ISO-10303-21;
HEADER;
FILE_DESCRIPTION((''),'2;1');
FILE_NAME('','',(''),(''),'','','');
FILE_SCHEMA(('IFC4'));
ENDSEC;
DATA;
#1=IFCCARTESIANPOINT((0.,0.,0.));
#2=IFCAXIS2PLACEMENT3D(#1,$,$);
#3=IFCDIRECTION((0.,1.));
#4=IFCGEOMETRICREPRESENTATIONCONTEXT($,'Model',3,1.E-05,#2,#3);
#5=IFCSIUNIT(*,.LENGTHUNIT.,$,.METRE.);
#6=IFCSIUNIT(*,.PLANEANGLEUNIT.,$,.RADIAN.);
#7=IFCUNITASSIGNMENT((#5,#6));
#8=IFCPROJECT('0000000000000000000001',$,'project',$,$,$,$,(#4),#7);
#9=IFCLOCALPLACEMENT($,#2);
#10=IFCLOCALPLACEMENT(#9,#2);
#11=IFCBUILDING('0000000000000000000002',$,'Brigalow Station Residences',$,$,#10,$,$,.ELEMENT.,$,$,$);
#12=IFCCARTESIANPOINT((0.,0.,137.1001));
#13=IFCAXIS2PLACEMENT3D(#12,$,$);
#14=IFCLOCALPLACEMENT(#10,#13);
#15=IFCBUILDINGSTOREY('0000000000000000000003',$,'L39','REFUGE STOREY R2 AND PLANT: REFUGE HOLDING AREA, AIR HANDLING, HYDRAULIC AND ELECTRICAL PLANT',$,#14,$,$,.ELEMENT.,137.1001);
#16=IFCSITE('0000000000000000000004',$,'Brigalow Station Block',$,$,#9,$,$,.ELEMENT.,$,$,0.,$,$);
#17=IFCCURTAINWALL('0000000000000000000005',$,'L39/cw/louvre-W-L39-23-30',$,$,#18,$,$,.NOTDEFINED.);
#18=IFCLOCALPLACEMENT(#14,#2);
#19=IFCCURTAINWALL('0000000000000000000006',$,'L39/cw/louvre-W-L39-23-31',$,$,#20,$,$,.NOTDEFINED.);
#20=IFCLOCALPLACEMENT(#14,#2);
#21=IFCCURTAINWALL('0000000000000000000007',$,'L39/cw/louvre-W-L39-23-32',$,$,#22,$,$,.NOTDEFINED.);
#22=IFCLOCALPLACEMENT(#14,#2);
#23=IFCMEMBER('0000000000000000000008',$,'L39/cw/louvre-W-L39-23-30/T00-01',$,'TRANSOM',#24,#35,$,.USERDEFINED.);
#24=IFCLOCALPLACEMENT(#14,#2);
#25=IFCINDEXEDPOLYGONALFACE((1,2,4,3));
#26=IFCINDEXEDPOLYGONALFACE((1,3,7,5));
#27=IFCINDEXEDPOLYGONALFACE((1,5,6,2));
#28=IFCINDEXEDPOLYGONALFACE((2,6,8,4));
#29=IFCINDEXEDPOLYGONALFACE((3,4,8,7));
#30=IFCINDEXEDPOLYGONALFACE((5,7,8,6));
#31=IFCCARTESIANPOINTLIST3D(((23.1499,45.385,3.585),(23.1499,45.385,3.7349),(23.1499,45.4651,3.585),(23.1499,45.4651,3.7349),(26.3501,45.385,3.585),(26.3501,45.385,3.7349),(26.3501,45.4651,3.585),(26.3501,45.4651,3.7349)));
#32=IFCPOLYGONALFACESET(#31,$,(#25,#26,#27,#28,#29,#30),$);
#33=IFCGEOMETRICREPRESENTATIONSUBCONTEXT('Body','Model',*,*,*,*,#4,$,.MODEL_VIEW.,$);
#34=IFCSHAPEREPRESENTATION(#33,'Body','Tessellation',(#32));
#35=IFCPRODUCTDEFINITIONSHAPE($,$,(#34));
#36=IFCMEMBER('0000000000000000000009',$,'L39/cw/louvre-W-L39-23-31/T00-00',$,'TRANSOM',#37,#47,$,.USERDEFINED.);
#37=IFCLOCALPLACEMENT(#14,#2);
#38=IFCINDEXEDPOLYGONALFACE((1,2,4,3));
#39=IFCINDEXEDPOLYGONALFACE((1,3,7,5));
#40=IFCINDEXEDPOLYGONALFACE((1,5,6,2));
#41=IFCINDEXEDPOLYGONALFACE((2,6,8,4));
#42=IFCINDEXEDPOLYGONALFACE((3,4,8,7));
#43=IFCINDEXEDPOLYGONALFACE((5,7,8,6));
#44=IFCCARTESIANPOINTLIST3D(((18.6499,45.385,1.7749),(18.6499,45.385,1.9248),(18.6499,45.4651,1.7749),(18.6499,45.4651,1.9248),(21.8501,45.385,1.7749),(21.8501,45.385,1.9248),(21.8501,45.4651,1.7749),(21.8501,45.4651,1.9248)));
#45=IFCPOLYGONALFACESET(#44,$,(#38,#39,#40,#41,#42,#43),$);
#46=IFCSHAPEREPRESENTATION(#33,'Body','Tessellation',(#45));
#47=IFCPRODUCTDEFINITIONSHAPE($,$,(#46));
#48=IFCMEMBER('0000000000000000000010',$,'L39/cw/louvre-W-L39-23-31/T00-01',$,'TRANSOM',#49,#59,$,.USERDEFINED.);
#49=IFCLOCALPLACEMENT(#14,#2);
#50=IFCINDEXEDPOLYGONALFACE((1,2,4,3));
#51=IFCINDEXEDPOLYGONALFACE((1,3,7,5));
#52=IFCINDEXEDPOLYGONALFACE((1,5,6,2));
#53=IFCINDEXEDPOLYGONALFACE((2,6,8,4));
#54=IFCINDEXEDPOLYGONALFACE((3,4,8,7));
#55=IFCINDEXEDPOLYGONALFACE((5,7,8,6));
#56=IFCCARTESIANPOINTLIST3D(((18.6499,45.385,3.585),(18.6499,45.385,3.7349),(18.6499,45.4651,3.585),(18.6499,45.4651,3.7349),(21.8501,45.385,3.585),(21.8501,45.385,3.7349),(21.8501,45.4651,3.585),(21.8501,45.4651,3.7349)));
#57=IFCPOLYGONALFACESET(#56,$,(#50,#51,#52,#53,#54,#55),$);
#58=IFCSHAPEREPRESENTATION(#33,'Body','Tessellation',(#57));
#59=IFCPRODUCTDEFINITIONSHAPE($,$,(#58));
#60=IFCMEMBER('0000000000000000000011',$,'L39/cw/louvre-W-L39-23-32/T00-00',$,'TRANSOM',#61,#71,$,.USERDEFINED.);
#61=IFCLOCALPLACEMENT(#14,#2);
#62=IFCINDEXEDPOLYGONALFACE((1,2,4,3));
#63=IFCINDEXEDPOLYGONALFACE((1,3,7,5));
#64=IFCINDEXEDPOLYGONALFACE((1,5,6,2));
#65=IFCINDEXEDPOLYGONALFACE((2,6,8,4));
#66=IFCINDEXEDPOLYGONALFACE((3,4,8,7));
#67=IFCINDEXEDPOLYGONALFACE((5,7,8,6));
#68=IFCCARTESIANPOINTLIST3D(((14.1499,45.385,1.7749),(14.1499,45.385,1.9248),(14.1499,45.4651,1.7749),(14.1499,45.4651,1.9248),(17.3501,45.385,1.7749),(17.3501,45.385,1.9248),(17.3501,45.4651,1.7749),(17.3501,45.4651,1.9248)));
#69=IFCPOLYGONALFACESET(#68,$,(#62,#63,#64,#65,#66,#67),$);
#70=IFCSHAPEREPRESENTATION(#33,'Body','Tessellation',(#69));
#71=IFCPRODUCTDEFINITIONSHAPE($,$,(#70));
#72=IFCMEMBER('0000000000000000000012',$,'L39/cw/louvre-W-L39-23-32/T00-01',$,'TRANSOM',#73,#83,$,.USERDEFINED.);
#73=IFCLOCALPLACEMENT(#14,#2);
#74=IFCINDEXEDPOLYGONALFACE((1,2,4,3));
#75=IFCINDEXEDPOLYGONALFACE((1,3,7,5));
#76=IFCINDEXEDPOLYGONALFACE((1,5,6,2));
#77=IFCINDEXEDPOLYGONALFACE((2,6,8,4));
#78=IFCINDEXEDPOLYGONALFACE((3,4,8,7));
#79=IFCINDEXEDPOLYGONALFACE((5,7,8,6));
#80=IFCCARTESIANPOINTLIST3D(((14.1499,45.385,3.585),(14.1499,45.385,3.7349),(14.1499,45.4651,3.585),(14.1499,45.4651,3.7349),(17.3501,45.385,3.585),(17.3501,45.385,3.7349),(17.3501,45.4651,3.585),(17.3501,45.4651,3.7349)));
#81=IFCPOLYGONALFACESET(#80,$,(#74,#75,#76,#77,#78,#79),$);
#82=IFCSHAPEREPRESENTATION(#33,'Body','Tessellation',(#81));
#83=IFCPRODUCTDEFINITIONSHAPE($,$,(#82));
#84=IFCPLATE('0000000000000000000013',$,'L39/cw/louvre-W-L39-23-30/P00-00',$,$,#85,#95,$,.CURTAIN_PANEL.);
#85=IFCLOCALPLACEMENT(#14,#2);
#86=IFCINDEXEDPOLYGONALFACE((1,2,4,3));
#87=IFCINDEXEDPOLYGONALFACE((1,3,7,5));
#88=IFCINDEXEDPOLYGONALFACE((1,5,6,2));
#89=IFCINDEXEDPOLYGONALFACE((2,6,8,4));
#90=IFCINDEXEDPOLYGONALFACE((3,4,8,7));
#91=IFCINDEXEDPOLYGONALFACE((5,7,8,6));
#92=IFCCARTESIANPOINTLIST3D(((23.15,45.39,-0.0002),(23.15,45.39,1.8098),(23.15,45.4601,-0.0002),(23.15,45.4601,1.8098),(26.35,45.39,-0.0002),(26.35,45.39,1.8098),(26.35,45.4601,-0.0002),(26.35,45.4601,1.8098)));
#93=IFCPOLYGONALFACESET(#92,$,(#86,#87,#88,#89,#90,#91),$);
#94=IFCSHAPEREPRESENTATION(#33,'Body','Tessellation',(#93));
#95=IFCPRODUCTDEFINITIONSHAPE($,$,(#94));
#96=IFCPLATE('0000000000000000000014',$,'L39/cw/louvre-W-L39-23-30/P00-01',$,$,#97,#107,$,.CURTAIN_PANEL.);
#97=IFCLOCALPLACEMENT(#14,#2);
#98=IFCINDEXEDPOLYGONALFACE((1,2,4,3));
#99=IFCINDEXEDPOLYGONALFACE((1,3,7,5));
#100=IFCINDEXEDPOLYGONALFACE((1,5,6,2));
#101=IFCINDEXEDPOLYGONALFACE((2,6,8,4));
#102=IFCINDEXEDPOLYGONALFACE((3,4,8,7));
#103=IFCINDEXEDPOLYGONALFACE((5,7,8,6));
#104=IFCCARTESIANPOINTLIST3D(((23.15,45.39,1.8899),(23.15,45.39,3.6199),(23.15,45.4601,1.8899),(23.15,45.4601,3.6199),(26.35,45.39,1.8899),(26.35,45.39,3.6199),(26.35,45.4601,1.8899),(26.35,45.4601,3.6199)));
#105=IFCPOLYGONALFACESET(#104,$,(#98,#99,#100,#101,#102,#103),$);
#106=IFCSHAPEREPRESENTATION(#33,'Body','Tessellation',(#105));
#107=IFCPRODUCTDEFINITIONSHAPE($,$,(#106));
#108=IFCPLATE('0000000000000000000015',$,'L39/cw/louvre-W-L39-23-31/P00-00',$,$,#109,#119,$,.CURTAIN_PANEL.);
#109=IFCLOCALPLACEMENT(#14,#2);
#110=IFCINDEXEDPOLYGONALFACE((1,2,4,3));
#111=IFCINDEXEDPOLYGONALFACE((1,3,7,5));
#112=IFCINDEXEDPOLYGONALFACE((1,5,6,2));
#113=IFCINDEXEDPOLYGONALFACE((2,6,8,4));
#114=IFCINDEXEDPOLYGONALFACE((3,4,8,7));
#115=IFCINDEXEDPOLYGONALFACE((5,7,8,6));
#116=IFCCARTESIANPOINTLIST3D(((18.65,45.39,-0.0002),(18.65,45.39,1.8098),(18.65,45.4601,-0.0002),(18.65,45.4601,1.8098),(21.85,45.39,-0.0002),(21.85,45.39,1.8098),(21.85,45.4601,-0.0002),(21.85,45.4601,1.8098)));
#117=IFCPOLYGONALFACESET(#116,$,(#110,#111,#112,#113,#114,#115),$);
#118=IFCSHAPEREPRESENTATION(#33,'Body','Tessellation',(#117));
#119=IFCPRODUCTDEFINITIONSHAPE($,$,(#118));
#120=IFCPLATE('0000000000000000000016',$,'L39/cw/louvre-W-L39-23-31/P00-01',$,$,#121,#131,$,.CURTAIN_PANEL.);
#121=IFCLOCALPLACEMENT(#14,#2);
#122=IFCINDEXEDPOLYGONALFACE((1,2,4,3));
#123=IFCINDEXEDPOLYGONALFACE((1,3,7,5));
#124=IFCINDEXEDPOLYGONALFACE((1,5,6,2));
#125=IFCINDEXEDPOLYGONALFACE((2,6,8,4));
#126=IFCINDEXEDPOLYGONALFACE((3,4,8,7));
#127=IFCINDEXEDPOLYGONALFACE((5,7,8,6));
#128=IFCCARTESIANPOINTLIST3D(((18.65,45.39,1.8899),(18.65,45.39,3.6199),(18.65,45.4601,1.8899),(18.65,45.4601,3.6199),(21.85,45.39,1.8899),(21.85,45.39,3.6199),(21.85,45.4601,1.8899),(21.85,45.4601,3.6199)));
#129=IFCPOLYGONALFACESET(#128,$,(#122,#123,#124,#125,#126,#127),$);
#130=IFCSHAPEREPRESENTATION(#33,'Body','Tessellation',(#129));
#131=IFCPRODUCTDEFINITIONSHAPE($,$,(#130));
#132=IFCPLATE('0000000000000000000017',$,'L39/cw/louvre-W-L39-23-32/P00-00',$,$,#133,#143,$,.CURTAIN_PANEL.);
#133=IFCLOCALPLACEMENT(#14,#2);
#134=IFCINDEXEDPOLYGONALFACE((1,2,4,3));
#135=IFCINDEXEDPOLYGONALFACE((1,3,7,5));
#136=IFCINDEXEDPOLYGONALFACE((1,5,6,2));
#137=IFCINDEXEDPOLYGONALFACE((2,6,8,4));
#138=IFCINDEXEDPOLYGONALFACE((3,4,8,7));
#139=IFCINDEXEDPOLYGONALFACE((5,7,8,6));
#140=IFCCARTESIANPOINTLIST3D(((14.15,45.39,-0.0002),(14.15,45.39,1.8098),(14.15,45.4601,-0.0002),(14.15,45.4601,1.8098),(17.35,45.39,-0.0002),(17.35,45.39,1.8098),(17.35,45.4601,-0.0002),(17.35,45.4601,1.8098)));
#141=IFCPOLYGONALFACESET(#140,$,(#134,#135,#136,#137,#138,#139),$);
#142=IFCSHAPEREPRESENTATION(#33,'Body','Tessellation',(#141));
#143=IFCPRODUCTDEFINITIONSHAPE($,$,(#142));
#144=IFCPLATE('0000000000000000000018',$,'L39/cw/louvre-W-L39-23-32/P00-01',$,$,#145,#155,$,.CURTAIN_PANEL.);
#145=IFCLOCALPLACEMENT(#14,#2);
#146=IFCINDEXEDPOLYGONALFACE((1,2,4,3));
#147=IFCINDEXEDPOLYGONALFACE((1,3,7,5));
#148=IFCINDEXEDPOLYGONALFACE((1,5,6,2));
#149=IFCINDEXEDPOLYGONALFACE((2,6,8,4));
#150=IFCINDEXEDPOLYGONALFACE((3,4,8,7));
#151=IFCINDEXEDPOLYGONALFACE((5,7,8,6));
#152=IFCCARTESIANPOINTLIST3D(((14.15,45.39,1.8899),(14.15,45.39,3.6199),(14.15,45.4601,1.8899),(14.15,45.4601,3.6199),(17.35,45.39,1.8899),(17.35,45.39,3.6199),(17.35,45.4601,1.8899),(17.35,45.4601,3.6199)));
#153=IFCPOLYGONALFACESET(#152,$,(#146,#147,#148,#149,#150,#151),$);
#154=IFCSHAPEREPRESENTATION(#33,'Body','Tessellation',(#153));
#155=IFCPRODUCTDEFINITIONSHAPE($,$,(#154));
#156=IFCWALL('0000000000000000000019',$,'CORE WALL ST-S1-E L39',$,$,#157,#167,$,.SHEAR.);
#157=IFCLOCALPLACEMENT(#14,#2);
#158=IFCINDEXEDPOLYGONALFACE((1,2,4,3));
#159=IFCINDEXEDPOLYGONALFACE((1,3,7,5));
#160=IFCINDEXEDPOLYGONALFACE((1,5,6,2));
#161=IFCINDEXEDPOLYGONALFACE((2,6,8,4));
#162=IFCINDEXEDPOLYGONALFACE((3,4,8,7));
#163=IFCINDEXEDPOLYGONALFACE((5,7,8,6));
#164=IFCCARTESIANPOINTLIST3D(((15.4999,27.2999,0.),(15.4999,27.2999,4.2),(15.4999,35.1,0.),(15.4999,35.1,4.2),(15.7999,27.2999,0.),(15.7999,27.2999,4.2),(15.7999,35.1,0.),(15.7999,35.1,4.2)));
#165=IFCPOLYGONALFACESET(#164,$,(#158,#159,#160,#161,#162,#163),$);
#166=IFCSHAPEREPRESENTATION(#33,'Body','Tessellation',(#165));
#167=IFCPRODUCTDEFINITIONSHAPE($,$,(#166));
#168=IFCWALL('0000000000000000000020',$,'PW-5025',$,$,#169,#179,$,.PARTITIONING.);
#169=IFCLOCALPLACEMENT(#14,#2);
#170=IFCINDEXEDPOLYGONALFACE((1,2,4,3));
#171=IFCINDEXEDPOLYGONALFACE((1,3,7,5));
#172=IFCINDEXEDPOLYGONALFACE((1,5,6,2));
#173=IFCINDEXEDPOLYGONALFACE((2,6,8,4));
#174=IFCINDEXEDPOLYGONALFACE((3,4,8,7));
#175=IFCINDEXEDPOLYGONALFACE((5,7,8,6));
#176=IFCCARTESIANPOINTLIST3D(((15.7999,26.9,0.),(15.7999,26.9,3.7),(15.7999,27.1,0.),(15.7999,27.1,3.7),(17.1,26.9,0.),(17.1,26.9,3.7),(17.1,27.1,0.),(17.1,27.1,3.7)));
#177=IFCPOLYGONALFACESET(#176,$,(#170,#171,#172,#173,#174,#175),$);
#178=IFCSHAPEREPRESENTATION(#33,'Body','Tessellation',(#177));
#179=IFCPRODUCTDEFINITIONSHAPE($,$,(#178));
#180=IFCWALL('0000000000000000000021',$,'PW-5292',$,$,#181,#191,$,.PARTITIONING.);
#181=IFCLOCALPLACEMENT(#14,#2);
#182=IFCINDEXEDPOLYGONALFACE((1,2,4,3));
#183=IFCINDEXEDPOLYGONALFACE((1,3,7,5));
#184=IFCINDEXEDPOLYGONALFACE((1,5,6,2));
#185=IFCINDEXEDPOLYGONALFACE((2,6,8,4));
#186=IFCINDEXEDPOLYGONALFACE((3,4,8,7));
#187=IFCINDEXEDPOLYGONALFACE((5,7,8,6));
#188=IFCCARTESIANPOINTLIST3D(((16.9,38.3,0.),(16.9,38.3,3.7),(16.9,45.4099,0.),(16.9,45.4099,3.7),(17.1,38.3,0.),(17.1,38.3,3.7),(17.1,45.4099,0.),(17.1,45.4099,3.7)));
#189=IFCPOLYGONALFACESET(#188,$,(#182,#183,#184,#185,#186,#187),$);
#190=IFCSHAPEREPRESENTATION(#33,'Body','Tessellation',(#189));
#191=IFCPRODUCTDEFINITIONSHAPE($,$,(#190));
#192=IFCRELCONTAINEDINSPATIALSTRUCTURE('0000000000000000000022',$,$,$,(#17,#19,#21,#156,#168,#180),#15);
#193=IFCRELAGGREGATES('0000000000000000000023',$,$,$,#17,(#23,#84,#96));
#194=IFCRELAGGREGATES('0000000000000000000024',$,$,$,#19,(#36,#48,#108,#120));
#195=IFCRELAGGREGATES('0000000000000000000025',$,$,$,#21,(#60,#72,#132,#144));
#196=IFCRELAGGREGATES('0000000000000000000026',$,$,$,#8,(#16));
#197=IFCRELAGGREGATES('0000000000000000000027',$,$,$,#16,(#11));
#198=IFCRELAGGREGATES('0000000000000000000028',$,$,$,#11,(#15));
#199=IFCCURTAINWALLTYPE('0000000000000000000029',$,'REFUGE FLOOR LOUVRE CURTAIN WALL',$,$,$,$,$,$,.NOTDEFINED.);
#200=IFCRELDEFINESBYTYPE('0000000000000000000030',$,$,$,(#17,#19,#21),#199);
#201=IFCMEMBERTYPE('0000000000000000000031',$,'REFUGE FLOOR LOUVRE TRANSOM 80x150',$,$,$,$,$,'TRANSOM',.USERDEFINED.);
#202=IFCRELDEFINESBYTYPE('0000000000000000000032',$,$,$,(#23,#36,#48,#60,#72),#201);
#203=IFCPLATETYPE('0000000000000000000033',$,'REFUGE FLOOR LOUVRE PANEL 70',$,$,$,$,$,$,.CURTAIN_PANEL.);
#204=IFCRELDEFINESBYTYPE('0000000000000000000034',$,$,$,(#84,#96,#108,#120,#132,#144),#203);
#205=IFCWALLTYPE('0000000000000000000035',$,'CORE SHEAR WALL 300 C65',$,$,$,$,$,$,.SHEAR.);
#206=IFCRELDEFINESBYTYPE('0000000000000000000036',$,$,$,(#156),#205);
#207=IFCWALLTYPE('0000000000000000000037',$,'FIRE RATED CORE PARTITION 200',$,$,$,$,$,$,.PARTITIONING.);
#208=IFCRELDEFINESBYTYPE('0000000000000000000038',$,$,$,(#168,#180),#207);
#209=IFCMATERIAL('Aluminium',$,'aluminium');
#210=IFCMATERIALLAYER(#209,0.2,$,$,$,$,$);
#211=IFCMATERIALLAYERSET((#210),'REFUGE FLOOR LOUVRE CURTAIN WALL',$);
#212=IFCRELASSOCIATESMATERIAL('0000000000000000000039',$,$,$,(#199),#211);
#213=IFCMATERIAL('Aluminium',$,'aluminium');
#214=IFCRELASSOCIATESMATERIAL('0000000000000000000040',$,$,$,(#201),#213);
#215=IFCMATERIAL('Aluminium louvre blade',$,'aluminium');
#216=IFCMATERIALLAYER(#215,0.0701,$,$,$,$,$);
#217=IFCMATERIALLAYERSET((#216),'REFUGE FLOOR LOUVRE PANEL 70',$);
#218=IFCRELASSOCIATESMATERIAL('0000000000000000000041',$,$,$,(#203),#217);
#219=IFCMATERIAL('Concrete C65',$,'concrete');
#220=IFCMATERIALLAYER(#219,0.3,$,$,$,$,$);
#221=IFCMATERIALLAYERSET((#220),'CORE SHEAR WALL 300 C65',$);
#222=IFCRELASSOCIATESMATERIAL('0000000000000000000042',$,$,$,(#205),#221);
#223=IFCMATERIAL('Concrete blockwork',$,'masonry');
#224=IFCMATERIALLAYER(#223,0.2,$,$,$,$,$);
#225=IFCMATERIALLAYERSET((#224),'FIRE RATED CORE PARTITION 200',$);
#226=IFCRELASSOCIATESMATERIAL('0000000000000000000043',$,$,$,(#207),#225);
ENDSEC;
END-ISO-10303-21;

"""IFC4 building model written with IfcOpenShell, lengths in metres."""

from ifc_helpers import new_model, si_unit, direction, frame, frame_2d, origin, origin_2d, place, context, subcontext, project, spatial, rectangle, extrude, material, layer, layer_set, material_profile, profile_set, type_object, element, aggregate, save


model = new_model("IFC4")

# Units and contexts
model_context = context("Model", 3, precision=1e-05, world=origin(), true_north=direction((0.0, 1.0)))
body_context = subcontext(model_context, "Body", "Model", "MODEL_VIEW")
ifc_project = project(units=[si_unit("LENGTHUNIT", "METRE"), si_unit("PLANEANGLEUNIT", "RADIAN")], contexts=[model_context])

# Site, building, storey
site_placement = place(None, origin())
site = spatial("IfcSite", under=ifc_project, at=site_placement, Name="Brigalow Station Block", CompositionType="ELEMENT", RefElevation=0.0)
building_placement = place(site_placement, origin())
building = spatial("IfcBuilding", under=site, at=building_placement, Name="Brigalow Station Residences", CompositionType="ELEMENT")
storey_placement = place(building_placement, frame((0.0, 0.0, 137.1001)))
storey = spatial("IfcBuildingStorey", under=building, at=storey_placement, Name="L39", Description="REFUGE STOREY R2 AND PLANT: REFUGE HOLDING AREA, AIR HANDLING, HYDRAULIC AND ELECTRICAL PLANT", CompositionType="ELEMENT", Elevation=137.1001)

# Curtain walls
ifc_material_1 = material(Name="Aluminium", Category="aluminium")
ifc_layer_1 = layer(ifc_material_1, 0.2)
ifc_layer_set_1 = layer_set([ifc_layer_1], Name="REFUGE FLOOR LOUVRE CURTAIN WALL")
curtain_wall_type = type_object("IfcCurtainWallType", Name="REFUGE FLOOR LOUVRE CURTAIN WALL", PredefinedType="NOTDEFINED", material=ifc_layer_set_1)
curtain_wall_1_placement = place(storey_placement, origin())
curtain_wall_1 = element("IfcCurtainWall", 1, at=curtain_wall_1_placement, inside=storey, type_object=curtain_wall_type, Name="L39/cw/louvre-W-L39-23-30", PredefinedType="NOTDEFINED")
curtain_wall_2_placement = place(storey_placement, origin())
curtain_wall_2 = element("IfcCurtainWall", 2, at=curtain_wall_2_placement, inside=storey, type_object=curtain_wall_type, Name="L39/cw/louvre-W-L39-23-31", PredefinedType="NOTDEFINED")
curtain_wall_3_placement = place(storey_placement, origin())
curtain_wall_3 = element("IfcCurtainWall", 3, at=curtain_wall_3_placement, inside=storey, type_object=curtain_wall_type, Name="L39/cw/louvre-W-L39-23-32", PredefinedType="NOTDEFINED")

# Members
ifc_material_2 = material(Name="Aluminium", Category="aluminium")
ifc_material_profile_1 = material_profile(ifc_material_2, rectangle(XDim=0.0801, YDim=0.1499, at=origin_2d()), Name="REFUGE FLOOR LOUVRE TRANSOM 80x150")
ifc_profile_set_1 = profile_set([ifc_material_profile_1], Name="Aluminium")
member_type_1 = type_object("IfcMemberType", Name="REFUGE FLOOR LOUVRE TRANSOM 80x150", ElementType="TRANSOM", PredefinedType="USERDEFINED", material=ifc_profile_set_1)
member_1_placement = place(storey_placement, frame((26.3501, 45.425, 3.6599), z_axis=(-1.0, 0.0, 0.0), x_axis=(0.0, -1.0, 0.0)))
member_1 = element("IfcMember", 4, at=member_1_placement, type_object=member_type_1, Name="L39/cw/louvre-W-L39-23-30/T00-01", ObjectType="TRANSOM", PredefinedType="USERDEFINED", context=body_context, shape_type="SweptSolid", body=[
    extrude(rectangle(XDim=0.0801, YDim=0.1499, at=origin_2d()), origin(), (0.0, 0.0, 1.0), 3.2002),
])
member_2_placement = place(storey_placement, frame((21.8501, 45.425, 1.8499), z_axis=(-1.0, 0.0, 0.0), x_axis=(0.0, -1.0, 0.0)))
member_2 = element("IfcMember", 5, at=member_2_placement, type_object=member_type_1, Name="L39/cw/louvre-W-L39-23-31/T00-00", ObjectType="TRANSOM", PredefinedType="USERDEFINED", context=body_context, shape_type="SweptSolid", body=[
    extrude(rectangle(XDim=0.0801, YDim=0.1499, at=origin_2d()), origin(), (0.0, 0.0, 1.0), 3.2002),
])
member_3_placement = place(storey_placement, frame((21.8501, 45.425, 3.6599), z_axis=(-1.0, 0.0, 0.0), x_axis=(0.0, -1.0, 0.0)))
member_3 = element("IfcMember", 6, at=member_3_placement, type_object=member_type_1, Name="L39/cw/louvre-W-L39-23-31/T00-01", ObjectType="TRANSOM", PredefinedType="USERDEFINED", context=body_context, shape_type="SweptSolid", body=[
    extrude(rectangle(XDim=0.0801, YDim=0.1499, at=origin_2d()), origin(), (0.0, 0.0, 1.0), 3.2002),
])
member_4_placement = place(storey_placement, frame((17.3501, 45.425, 1.8499), z_axis=(-1.0, 0.0, 0.0), x_axis=(0.0, -1.0, 0.0)))
member_4 = element("IfcMember", 7, at=member_4_placement, type_object=member_type_1, Name="L39/cw/louvre-W-L39-23-32/T00-00", ObjectType="TRANSOM", PredefinedType="USERDEFINED", context=body_context, shape_type="SweptSolid", body=[
    extrude(rectangle(XDim=0.0801, YDim=0.1499, at=origin_2d()), origin(), (0.0, 0.0, 1.0), 3.2002),
])
member_5_placement = place(storey_placement, frame((17.3501, 45.425, 3.6599), z_axis=(-1.0, 0.0, 0.0), x_axis=(0.0, -1.0, 0.0)))
member_5 = element("IfcMember", 8, at=member_5_placement, type_object=member_type_1, Name="L39/cw/louvre-W-L39-23-32/T00-01", ObjectType="TRANSOM", PredefinedType="USERDEFINED", context=body_context, shape_type="SweptSolid", body=[
    extrude(rectangle(XDim=0.0801, YDim=0.1499, at=origin_2d()), origin(), (0.0, 0.0, 1.0), 3.2002),
])

# Plates
ifc_material_3 = material(Name="Aluminium louvre blade", Category="aluminium")
ifc_layer_2 = layer(ifc_material_3, 0.0701)
ifc_layer_set_2 = layer_set([ifc_layer_2], Name="REFUGE FLOOR LOUVRE PANEL 70")
plate_type = type_object("IfcPlateType", Name="REFUGE FLOOR LOUVRE PANEL 70", PredefinedType="CURTAIN_PANEL", material=ifc_layer_set_2)
plate_1_placement = place(storey_placement, frame((24.75, 45.425, -0.0002), z_axis=(0.0, 0.0, 1.0), x_axis=(-1.0, 0.0, 0.0)))
plate_1 = element("IfcPlate", 9, at=plate_1_placement, type_object=plate_type, Name="L39/cw/louvre-W-L39-23-30/P00-00", PredefinedType="CURTAIN_PANEL", context=body_context, shape_type="SweptSolid", body=[
    extrude(rectangle(XDim=3.2, YDim=0.0701, at=origin_2d()), origin(), (0.0, 0.0, 1.0), 1.8101),
])
plate_2_placement = place(storey_placement, frame((24.75, 45.425, 1.8899), z_axis=(0.0, 0.0, 1.0), x_axis=(-1.0, 0.0, 0.0)))
plate_2 = element("IfcPlate", 10, at=plate_2_placement, type_object=plate_type, Name="L39/cw/louvre-W-L39-23-30/P00-01", PredefinedType="CURTAIN_PANEL", context=body_context, shape_type="SweptSolid", body=[
    extrude(rectangle(XDim=3.2, YDim=0.0701, at=origin_2d()), origin(), (0.0, 0.0, 1.0), 1.73),
])
aggregate(curtain_wall_1, [member_1, plate_1, plate_2])
plate_3_placement = place(storey_placement, frame((20.25, 45.425, -0.0002), z_axis=(0.0, 0.0, 1.0), x_axis=(-1.0, 0.0, 0.0)))
plate_3 = element("IfcPlate", 11, at=plate_3_placement, type_object=plate_type, Name="L39/cw/louvre-W-L39-23-31/P00-00", PredefinedType="CURTAIN_PANEL", context=body_context, shape_type="SweptSolid", body=[
    extrude(rectangle(XDim=3.2, YDim=0.0701, at=origin_2d()), origin(), (0.0, 0.0, 1.0), 1.8101),
])
plate_4_placement = place(storey_placement, frame((20.25, 45.425, 1.8899), z_axis=(0.0, 0.0, 1.0), x_axis=(-1.0, 0.0, 0.0)))
plate_4 = element("IfcPlate", 12, at=plate_4_placement, type_object=plate_type, Name="L39/cw/louvre-W-L39-23-31/P00-01", PredefinedType="CURTAIN_PANEL", context=body_context, shape_type="SweptSolid", body=[
    extrude(rectangle(XDim=3.2, YDim=0.0701, at=origin_2d()), origin(), (0.0, 0.0, 1.0), 1.73),
])
aggregate(curtain_wall_2, [member_2, member_3, plate_3, plate_4])
plate_5_placement = place(storey_placement, frame((15.75, 45.425, -0.0002), z_axis=(0.0, 0.0, 1.0), x_axis=(-1.0, 0.0, 0.0)))
plate_5 = element("IfcPlate", 13, at=plate_5_placement, type_object=plate_type, Name="L39/cw/louvre-W-L39-23-32/P00-00", PredefinedType="CURTAIN_PANEL", context=body_context, shape_type="SweptSolid", body=[
    extrude(rectangle(XDim=3.2, YDim=0.0701, at=origin_2d()), origin(), (0.0, 0.0, 1.0), 1.8101),
])
plate_6_placement = place(storey_placement, frame((15.75, 45.425, 1.8899), z_axis=(0.0, 0.0, 1.0), x_axis=(-1.0, 0.0, 0.0)))
plate_6 = element("IfcPlate", 14, at=plate_6_placement, type_object=plate_type, Name="L39/cw/louvre-W-L39-23-32/P00-01", PredefinedType="CURTAIN_PANEL", context=body_context, shape_type="SweptSolid", body=[
    extrude(rectangle(XDim=3.2, YDim=0.0701, at=origin_2d()), origin(), (0.0, 0.0, 1.0), 1.73),
])
aggregate(curtain_wall_3, [member_4, member_5, plate_5, plate_6])

# Walls
ifc_material_4 = material(Name="Concrete C65", Category="concrete")
ifc_layer_3 = layer(ifc_material_4, 0.3)
ifc_layer_set_3 = layer_set([ifc_layer_3], Name="CORE SHEAR WALL 300 C65")
wall_type_1 = type_object("IfcWallType", Name="CORE SHEAR WALL 300 C65", PredefinedType="SHEAR", material=ifc_layer_set_3)
wall_1_placement = place(storey_placement, frame((15.6499, 27.3, 0.0), z_axis=(0.0, 0.0, 1.0), x_axis=(0.0, 1.0, 0.0)))
element("IfcWall", 15, at=wall_1_placement, inside=storey, type_object=wall_type_1, Name="CORE WALL ST-S1-E L39", PredefinedType="SHEAR", context=body_context, shape_type="SweptSolid", body=[
    extrude(rectangle(XDim=7.8, YDim=0.3, at=frame_2d((3.8999, 0.0))), origin(), (0.0, 0.0, 1.0), 4.2),
])
ifc_material_5 = material(Name="Concrete blockwork", Category="masonry")
ifc_layer_4 = layer(ifc_material_5, 0.2)
ifc_layer_set_4 = layer_set([ifc_layer_4], Name="FIRE RATED CORE PARTITION 200")
wall_type_2 = type_object("IfcWallType", Name="FIRE RATED CORE PARTITION 200", PredefinedType="PARTITIONING", material=ifc_layer_set_4)
wall_2_placement = place(storey_placement, frame((15.8, 27.0, 0.0), z_axis=(0.0, 0.0, 1.0), x_axis=(1.0, 0.0, 0.0)))
element("IfcWall", 16, at=wall_2_placement, inside=storey, type_object=wall_type_2, Name="PW-5025", PredefinedType="PARTITIONING", context=body_context, shape_type="SweptSolid", body=[
    extrude(rectangle(XDim=1.3, YDim=0.2, at=frame_2d((0.6499, 0.0))), origin(), (0.0, 0.0, 1.0), 3.7),
])
wall_3_placement = place(storey_placement, frame((17.0, 38.3, 0.0), z_axis=(0.0, 0.0, 1.0), x_axis=(0.0, 1.0, 0.0)))
element("IfcWall", 17, at=wall_3_placement, inside=storey, type_object=wall_type_2, Name="PW-5292", PredefinedType="PARTITIONING", context=body_context, shape_type="SweptSolid", body=[
    extrude(rectangle(XDim=7.1099, YDim=0.2, at=frame_2d((3.5549, 0.0))), origin(), (0.0, 0.0, 1.0), 3.7),
])

save(model, "model.ifc")
